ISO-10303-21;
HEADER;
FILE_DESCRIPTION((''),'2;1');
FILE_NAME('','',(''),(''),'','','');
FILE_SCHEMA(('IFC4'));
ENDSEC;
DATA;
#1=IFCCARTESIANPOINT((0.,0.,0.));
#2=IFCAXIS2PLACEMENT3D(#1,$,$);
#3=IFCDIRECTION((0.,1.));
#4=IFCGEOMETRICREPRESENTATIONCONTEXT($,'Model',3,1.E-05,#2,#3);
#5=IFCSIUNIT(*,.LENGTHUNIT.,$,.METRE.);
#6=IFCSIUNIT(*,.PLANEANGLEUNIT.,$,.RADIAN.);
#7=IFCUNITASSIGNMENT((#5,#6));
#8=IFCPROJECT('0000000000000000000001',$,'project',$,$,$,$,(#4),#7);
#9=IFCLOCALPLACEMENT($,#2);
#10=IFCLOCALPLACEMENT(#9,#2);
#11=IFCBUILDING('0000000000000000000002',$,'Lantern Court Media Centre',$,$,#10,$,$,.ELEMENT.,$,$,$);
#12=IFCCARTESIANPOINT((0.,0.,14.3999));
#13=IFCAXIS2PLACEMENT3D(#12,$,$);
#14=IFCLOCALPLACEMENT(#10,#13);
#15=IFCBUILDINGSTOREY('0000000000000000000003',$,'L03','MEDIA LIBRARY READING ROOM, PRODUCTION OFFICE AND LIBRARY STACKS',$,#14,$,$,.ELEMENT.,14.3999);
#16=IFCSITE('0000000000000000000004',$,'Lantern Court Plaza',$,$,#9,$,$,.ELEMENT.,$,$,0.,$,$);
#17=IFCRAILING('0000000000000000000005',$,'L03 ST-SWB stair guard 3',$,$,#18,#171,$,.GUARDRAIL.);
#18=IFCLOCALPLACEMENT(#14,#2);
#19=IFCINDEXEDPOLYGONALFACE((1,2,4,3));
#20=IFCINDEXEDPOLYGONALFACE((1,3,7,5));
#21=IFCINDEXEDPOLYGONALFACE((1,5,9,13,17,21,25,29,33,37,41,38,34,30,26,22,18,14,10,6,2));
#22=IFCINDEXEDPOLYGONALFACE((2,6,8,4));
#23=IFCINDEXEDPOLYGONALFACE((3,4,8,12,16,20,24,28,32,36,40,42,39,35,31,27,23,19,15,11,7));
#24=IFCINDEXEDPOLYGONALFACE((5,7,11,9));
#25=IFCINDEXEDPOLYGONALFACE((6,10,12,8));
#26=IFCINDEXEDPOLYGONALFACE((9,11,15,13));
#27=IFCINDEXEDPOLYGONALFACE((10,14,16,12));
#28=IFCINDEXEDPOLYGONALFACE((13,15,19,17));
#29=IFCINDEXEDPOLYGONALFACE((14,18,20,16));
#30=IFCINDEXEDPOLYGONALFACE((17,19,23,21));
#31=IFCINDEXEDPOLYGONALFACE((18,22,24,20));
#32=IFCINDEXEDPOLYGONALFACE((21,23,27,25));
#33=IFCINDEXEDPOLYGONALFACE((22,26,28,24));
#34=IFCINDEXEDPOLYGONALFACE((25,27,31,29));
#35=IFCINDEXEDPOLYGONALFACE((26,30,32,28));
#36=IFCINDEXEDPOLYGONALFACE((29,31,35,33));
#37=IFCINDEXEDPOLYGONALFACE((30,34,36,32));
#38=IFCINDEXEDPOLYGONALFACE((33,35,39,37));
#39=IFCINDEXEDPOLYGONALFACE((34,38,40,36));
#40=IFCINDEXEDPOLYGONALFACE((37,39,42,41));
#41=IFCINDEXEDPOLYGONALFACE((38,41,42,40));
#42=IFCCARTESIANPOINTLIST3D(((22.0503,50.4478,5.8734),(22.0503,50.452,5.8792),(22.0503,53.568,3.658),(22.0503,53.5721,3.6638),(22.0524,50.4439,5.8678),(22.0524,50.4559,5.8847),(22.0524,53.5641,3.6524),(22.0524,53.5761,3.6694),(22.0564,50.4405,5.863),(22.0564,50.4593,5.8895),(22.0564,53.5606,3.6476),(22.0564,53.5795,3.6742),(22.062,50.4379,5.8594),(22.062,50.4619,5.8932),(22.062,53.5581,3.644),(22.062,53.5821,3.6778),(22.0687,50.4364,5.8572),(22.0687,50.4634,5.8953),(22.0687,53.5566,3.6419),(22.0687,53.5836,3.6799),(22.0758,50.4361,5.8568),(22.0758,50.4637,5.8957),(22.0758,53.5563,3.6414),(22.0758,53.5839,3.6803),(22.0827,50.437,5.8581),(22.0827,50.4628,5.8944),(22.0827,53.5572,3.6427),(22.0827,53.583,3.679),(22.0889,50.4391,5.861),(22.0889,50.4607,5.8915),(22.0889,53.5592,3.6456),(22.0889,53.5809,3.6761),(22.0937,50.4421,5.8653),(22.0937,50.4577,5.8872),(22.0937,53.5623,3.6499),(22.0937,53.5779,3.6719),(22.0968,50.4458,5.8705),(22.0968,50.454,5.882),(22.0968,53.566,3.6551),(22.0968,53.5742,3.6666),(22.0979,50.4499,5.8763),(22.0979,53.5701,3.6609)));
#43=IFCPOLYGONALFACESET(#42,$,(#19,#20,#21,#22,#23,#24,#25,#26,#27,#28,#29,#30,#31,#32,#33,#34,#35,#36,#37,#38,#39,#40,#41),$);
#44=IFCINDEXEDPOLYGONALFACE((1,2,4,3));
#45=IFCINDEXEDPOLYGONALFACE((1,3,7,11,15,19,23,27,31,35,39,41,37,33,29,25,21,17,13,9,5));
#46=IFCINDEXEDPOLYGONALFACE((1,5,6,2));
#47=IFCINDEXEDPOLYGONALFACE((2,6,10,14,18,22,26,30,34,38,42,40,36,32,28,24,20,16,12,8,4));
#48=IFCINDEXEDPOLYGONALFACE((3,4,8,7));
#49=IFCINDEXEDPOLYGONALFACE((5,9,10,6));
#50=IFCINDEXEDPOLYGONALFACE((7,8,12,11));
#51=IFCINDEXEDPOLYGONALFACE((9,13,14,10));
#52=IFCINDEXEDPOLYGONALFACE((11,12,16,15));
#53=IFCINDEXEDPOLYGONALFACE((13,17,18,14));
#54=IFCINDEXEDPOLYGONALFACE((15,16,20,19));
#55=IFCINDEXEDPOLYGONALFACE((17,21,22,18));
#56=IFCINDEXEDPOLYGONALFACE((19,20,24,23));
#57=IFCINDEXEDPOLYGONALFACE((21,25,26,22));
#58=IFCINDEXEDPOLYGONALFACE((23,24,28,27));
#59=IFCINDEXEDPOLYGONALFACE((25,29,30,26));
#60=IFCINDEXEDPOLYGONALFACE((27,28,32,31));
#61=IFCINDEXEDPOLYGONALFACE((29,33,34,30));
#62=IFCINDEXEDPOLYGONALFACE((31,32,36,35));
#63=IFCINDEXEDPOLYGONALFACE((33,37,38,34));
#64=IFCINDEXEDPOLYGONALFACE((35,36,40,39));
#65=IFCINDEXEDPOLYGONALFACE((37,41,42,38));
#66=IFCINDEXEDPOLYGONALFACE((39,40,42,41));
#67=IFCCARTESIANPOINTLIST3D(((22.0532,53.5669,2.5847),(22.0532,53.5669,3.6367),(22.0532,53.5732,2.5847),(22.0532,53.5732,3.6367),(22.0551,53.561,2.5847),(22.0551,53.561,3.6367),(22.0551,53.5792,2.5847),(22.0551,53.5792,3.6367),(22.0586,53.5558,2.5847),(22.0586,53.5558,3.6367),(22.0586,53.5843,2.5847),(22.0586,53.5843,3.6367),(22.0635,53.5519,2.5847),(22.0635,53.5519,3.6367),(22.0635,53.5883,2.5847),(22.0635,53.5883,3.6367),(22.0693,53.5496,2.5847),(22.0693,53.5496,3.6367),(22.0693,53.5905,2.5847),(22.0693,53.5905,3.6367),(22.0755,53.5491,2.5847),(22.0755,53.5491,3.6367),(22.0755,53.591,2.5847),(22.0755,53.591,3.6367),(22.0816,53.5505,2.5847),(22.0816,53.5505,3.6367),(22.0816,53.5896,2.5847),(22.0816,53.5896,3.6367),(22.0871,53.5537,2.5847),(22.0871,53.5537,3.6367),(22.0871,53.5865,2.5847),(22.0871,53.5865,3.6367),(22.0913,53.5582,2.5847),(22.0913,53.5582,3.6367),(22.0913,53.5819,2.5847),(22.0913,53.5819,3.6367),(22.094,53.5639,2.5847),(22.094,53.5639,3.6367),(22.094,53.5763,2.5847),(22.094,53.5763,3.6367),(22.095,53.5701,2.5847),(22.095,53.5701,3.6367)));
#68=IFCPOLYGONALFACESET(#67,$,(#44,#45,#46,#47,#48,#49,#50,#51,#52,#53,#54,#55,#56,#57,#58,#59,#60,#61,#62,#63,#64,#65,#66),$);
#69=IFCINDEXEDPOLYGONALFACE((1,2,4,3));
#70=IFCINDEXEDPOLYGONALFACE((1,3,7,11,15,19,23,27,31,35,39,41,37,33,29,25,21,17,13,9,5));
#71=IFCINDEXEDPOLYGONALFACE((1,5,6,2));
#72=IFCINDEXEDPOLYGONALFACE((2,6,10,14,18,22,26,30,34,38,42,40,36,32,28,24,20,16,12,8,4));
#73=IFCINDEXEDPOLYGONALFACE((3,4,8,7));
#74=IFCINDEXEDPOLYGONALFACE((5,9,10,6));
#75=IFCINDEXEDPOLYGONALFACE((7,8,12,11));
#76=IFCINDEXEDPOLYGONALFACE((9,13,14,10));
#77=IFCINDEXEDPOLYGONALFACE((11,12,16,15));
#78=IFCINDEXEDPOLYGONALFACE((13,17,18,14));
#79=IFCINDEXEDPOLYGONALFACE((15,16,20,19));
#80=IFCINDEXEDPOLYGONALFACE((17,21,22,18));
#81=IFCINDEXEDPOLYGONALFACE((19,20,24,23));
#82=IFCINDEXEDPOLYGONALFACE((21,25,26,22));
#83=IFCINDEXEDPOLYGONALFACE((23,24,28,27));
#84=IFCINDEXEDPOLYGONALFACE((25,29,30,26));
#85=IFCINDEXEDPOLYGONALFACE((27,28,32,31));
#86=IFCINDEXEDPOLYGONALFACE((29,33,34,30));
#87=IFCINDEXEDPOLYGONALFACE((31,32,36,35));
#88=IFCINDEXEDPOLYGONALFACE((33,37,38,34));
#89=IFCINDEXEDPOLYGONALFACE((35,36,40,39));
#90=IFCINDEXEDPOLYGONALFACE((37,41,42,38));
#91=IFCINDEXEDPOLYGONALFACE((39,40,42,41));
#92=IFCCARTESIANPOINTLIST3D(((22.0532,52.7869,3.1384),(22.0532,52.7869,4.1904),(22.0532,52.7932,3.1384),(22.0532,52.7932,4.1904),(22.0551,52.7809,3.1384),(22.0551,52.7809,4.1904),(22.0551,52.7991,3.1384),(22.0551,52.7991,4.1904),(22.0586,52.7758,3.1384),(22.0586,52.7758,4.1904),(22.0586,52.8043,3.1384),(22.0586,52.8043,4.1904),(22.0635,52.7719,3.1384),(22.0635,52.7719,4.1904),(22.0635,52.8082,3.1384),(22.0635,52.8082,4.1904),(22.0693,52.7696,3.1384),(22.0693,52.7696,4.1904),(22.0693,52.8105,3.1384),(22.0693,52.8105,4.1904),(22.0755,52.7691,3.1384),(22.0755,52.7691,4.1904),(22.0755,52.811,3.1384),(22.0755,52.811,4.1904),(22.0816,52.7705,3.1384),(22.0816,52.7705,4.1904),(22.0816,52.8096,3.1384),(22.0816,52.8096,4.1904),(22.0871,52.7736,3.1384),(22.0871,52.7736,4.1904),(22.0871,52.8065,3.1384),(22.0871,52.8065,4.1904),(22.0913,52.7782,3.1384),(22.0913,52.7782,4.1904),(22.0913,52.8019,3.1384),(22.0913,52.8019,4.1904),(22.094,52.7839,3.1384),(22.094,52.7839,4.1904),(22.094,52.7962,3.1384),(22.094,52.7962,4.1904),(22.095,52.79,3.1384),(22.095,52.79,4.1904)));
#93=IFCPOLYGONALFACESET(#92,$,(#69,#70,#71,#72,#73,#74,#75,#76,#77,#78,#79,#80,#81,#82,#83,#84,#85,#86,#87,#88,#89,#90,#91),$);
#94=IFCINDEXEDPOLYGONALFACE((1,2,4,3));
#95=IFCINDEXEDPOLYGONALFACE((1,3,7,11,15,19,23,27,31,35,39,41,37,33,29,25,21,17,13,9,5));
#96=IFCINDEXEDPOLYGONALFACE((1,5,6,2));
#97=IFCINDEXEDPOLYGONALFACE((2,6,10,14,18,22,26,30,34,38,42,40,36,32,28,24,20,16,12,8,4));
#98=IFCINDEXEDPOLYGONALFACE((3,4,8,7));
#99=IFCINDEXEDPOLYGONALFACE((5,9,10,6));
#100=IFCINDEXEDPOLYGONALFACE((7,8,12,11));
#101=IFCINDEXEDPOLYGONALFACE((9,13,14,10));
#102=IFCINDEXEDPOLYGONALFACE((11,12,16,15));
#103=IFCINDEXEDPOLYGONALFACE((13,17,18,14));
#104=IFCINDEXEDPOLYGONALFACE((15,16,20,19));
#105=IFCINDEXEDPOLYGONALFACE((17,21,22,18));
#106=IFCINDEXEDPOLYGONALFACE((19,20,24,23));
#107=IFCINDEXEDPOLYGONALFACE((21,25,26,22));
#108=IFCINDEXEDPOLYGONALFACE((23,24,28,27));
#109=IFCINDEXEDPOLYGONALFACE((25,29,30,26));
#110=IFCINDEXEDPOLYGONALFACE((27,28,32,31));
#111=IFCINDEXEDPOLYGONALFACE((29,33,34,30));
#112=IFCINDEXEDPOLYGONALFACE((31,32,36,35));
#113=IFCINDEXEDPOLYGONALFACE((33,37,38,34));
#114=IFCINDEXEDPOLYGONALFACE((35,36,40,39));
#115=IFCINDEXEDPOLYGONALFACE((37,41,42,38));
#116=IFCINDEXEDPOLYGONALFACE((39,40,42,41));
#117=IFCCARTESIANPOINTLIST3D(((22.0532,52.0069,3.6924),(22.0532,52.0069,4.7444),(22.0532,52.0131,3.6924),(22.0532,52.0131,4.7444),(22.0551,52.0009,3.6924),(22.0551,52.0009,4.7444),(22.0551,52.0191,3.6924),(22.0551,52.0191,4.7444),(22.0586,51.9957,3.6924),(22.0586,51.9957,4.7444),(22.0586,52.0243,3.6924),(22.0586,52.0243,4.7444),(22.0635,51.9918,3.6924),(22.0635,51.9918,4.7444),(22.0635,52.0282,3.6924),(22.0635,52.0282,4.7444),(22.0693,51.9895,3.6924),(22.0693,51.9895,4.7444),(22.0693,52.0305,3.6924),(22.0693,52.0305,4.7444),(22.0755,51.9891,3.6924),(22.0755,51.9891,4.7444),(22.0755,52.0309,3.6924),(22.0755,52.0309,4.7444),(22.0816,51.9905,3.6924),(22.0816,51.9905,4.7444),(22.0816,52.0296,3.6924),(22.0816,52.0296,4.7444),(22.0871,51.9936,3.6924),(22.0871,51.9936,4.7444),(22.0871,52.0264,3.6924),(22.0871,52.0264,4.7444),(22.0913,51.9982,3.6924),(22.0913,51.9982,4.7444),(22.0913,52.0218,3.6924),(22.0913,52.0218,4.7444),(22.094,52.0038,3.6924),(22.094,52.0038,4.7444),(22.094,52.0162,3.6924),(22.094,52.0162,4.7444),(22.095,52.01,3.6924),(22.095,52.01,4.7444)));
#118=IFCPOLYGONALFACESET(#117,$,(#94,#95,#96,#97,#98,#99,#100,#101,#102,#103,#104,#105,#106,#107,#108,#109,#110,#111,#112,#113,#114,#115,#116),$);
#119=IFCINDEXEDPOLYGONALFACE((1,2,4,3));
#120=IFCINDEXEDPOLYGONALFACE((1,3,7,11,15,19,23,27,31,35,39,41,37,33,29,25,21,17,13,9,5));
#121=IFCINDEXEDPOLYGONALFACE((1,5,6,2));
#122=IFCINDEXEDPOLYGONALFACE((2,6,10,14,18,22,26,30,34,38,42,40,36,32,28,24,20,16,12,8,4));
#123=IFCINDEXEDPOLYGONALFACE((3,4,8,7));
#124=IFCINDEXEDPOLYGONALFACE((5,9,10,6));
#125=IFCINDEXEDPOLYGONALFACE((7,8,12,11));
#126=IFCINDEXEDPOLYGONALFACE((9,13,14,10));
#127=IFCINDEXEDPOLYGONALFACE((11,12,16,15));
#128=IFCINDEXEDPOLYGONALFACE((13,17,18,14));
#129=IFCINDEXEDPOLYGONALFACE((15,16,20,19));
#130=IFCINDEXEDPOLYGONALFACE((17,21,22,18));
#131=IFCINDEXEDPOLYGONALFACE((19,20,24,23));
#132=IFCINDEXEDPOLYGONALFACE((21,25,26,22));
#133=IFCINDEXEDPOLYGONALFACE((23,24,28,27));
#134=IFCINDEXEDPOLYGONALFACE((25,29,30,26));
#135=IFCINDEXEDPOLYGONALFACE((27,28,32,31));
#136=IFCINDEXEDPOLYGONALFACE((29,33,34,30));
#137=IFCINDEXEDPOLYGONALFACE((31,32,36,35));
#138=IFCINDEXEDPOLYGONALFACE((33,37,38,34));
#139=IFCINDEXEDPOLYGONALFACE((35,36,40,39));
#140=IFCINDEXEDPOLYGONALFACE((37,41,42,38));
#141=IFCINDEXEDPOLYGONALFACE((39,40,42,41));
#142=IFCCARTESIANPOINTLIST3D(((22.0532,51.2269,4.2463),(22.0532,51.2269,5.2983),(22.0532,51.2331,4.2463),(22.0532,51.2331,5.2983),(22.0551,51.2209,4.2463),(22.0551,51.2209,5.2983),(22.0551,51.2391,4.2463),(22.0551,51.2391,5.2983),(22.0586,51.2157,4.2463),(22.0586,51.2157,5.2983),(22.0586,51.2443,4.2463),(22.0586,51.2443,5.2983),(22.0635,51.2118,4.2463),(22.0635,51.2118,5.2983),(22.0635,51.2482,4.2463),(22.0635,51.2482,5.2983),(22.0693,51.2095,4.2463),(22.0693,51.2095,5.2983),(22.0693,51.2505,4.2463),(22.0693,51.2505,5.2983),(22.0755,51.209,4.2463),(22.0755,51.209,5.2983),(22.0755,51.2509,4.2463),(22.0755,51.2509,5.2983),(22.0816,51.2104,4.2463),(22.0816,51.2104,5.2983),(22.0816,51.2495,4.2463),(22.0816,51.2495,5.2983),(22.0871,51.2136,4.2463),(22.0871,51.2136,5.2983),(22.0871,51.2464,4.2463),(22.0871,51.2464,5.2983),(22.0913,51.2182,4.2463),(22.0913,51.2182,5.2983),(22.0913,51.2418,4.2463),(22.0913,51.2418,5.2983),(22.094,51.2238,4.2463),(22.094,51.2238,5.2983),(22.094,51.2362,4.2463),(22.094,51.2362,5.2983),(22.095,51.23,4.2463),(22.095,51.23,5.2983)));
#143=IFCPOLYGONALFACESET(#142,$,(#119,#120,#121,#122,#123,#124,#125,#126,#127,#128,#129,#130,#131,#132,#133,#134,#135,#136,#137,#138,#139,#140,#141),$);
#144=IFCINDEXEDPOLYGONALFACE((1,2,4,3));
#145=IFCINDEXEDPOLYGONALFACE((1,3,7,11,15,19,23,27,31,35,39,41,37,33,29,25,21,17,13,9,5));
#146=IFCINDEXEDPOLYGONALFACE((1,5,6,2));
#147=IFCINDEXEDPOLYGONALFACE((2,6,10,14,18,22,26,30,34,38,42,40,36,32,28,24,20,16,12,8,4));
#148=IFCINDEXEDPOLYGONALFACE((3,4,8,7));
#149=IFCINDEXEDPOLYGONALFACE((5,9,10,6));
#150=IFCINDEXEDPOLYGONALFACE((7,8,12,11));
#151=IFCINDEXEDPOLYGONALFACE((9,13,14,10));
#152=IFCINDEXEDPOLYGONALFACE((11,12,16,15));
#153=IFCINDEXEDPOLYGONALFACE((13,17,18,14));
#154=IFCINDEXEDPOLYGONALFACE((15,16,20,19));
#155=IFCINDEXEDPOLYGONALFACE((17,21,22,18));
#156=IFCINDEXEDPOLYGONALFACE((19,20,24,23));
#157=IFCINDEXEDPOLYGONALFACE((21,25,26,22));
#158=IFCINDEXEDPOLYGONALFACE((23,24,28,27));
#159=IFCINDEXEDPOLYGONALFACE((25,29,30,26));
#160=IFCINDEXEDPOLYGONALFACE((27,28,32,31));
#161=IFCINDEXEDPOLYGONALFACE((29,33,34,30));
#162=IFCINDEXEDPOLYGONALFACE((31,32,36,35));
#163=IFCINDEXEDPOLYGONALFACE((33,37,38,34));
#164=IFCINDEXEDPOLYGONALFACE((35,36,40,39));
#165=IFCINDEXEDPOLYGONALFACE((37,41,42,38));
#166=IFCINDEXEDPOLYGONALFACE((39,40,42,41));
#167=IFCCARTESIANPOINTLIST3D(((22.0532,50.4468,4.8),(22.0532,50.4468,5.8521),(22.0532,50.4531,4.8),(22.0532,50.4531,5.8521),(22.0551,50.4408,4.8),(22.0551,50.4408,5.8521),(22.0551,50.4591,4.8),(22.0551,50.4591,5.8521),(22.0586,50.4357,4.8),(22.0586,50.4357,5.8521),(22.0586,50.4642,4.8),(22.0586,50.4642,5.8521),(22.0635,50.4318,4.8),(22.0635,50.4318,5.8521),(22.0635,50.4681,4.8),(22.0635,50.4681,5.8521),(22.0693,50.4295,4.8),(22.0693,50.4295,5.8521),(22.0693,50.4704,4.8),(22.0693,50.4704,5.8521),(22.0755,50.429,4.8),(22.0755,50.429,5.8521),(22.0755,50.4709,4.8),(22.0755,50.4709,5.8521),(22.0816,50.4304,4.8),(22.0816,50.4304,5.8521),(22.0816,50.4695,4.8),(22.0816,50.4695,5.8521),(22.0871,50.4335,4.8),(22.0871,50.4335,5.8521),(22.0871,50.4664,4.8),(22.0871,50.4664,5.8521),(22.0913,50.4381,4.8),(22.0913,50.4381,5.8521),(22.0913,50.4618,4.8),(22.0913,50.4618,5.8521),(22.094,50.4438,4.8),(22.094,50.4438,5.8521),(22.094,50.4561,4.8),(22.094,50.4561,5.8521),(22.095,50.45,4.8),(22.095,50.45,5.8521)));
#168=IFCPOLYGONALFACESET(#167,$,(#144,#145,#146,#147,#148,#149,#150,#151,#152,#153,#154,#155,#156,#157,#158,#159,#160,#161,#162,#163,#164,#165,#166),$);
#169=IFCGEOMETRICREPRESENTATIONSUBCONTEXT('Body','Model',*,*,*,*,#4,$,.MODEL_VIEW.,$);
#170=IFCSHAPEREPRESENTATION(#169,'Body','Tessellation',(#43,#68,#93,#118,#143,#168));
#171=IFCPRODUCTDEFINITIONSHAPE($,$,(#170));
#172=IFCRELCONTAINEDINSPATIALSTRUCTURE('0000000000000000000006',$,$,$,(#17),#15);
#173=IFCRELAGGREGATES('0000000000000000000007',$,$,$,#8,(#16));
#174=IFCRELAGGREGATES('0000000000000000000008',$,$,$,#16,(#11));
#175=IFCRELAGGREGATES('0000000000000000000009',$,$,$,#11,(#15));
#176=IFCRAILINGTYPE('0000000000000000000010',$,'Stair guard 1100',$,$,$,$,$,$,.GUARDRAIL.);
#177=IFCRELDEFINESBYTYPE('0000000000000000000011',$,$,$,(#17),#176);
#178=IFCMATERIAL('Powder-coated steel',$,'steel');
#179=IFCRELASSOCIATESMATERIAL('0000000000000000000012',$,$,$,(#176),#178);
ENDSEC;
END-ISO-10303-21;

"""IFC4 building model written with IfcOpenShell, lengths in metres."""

from ifc_helpers import new_model, si_unit, direction, frame, origin, origin_2d, place, context, subcontext, project, spatial, circle, extrude, material, type_object, element, save


model = new_model("IFC4")

# Units and contexts
model_context = context("Model", 3, precision=1e-05, world=origin(), true_north=direction((0.0, 1.0)))
body_context = subcontext(model_context, "Body", "Model", "MODEL_VIEW")
ifc_project = project(units=[si_unit("LENGTHUNIT", "METRE"), si_unit("PLANEANGLEUNIT", "RADIAN")], contexts=[model_context])

# Site, building, storey
site_placement = place(None, origin())
site = spatial("IfcSite", under=ifc_project, at=site_placement, Name="Lantern Court Plaza", CompositionType="ELEMENT", RefElevation=0.0)
building_placement = place(site_placement, origin())
building = spatial("IfcBuilding", under=site, at=building_placement, Name="Lantern Court Media Centre", CompositionType="ELEMENT")
storey_placement = place(building_placement, frame((0.0, 0.0, 14.3999)))
storey = spatial("IfcBuildingStorey", under=building, at=storey_placement, Name="L03", Description="MEDIA LIBRARY READING ROOM, PRODUCTION OFFICE AND LIBRARY STACKS", CompositionType="ELEMENT", Elevation=14.3999)

# Railing
ifc_material_1 = material(Name="Powder-coated steel", Category="steel")
railing_type_1 = type_object("IfcRailingType", Name="Stair guard 1100", PredefinedType="GUARDRAIL", material=ifc_material_1)
railing_1_placement = place(storey_placement, frame((22.074, 53.5701, 2.5847)))
element("IfcRailing", 1, at=railing_1_placement, inside=storey, type_object=railing_type_1, Name="L03 ST-SWB stair guard 3", PredefinedType="GUARDRAIL", context=body_context, shape_type="SweptSolid", body=[
    extrude(circle(Radius=0.0239, at=origin_2d()), frame((0.0, 0.0, 1.0762), z_axis=(0.0, -0.815377, 0.57893), x_axis=(1.0, 0.0, 0.0)), (0.0, 0.0, 1.0), 3.8267),
    extrude(circle(Radius=0.021, at=origin_2d()), origin(), (0.0, 0.0, 1.0), 1.052),
    extrude(circle(Radius=0.021, at=origin_2d()), frame((0.0, -0.78, 0.5537)), (0.0, 0.0, 1.0), 1.052),
    extrude(circle(Radius=0.021, at=origin_2d()), frame((0.0, -1.5601, 1.1077)), (0.0, 0.0, 1.0), 1.052),
    extrude(circle(Radius=0.021, at=origin_2d()), frame((0.0, -2.3401, 1.6616)), (0.0, 0.0, 1.0), 1.052),
    extrude(circle(Radius=0.021, at=origin_2d()), frame((0.0, -3.1201, 2.2153)), (0.0, 0.0, 1.0), 1.052),
])

save(model, "model.ifc")
